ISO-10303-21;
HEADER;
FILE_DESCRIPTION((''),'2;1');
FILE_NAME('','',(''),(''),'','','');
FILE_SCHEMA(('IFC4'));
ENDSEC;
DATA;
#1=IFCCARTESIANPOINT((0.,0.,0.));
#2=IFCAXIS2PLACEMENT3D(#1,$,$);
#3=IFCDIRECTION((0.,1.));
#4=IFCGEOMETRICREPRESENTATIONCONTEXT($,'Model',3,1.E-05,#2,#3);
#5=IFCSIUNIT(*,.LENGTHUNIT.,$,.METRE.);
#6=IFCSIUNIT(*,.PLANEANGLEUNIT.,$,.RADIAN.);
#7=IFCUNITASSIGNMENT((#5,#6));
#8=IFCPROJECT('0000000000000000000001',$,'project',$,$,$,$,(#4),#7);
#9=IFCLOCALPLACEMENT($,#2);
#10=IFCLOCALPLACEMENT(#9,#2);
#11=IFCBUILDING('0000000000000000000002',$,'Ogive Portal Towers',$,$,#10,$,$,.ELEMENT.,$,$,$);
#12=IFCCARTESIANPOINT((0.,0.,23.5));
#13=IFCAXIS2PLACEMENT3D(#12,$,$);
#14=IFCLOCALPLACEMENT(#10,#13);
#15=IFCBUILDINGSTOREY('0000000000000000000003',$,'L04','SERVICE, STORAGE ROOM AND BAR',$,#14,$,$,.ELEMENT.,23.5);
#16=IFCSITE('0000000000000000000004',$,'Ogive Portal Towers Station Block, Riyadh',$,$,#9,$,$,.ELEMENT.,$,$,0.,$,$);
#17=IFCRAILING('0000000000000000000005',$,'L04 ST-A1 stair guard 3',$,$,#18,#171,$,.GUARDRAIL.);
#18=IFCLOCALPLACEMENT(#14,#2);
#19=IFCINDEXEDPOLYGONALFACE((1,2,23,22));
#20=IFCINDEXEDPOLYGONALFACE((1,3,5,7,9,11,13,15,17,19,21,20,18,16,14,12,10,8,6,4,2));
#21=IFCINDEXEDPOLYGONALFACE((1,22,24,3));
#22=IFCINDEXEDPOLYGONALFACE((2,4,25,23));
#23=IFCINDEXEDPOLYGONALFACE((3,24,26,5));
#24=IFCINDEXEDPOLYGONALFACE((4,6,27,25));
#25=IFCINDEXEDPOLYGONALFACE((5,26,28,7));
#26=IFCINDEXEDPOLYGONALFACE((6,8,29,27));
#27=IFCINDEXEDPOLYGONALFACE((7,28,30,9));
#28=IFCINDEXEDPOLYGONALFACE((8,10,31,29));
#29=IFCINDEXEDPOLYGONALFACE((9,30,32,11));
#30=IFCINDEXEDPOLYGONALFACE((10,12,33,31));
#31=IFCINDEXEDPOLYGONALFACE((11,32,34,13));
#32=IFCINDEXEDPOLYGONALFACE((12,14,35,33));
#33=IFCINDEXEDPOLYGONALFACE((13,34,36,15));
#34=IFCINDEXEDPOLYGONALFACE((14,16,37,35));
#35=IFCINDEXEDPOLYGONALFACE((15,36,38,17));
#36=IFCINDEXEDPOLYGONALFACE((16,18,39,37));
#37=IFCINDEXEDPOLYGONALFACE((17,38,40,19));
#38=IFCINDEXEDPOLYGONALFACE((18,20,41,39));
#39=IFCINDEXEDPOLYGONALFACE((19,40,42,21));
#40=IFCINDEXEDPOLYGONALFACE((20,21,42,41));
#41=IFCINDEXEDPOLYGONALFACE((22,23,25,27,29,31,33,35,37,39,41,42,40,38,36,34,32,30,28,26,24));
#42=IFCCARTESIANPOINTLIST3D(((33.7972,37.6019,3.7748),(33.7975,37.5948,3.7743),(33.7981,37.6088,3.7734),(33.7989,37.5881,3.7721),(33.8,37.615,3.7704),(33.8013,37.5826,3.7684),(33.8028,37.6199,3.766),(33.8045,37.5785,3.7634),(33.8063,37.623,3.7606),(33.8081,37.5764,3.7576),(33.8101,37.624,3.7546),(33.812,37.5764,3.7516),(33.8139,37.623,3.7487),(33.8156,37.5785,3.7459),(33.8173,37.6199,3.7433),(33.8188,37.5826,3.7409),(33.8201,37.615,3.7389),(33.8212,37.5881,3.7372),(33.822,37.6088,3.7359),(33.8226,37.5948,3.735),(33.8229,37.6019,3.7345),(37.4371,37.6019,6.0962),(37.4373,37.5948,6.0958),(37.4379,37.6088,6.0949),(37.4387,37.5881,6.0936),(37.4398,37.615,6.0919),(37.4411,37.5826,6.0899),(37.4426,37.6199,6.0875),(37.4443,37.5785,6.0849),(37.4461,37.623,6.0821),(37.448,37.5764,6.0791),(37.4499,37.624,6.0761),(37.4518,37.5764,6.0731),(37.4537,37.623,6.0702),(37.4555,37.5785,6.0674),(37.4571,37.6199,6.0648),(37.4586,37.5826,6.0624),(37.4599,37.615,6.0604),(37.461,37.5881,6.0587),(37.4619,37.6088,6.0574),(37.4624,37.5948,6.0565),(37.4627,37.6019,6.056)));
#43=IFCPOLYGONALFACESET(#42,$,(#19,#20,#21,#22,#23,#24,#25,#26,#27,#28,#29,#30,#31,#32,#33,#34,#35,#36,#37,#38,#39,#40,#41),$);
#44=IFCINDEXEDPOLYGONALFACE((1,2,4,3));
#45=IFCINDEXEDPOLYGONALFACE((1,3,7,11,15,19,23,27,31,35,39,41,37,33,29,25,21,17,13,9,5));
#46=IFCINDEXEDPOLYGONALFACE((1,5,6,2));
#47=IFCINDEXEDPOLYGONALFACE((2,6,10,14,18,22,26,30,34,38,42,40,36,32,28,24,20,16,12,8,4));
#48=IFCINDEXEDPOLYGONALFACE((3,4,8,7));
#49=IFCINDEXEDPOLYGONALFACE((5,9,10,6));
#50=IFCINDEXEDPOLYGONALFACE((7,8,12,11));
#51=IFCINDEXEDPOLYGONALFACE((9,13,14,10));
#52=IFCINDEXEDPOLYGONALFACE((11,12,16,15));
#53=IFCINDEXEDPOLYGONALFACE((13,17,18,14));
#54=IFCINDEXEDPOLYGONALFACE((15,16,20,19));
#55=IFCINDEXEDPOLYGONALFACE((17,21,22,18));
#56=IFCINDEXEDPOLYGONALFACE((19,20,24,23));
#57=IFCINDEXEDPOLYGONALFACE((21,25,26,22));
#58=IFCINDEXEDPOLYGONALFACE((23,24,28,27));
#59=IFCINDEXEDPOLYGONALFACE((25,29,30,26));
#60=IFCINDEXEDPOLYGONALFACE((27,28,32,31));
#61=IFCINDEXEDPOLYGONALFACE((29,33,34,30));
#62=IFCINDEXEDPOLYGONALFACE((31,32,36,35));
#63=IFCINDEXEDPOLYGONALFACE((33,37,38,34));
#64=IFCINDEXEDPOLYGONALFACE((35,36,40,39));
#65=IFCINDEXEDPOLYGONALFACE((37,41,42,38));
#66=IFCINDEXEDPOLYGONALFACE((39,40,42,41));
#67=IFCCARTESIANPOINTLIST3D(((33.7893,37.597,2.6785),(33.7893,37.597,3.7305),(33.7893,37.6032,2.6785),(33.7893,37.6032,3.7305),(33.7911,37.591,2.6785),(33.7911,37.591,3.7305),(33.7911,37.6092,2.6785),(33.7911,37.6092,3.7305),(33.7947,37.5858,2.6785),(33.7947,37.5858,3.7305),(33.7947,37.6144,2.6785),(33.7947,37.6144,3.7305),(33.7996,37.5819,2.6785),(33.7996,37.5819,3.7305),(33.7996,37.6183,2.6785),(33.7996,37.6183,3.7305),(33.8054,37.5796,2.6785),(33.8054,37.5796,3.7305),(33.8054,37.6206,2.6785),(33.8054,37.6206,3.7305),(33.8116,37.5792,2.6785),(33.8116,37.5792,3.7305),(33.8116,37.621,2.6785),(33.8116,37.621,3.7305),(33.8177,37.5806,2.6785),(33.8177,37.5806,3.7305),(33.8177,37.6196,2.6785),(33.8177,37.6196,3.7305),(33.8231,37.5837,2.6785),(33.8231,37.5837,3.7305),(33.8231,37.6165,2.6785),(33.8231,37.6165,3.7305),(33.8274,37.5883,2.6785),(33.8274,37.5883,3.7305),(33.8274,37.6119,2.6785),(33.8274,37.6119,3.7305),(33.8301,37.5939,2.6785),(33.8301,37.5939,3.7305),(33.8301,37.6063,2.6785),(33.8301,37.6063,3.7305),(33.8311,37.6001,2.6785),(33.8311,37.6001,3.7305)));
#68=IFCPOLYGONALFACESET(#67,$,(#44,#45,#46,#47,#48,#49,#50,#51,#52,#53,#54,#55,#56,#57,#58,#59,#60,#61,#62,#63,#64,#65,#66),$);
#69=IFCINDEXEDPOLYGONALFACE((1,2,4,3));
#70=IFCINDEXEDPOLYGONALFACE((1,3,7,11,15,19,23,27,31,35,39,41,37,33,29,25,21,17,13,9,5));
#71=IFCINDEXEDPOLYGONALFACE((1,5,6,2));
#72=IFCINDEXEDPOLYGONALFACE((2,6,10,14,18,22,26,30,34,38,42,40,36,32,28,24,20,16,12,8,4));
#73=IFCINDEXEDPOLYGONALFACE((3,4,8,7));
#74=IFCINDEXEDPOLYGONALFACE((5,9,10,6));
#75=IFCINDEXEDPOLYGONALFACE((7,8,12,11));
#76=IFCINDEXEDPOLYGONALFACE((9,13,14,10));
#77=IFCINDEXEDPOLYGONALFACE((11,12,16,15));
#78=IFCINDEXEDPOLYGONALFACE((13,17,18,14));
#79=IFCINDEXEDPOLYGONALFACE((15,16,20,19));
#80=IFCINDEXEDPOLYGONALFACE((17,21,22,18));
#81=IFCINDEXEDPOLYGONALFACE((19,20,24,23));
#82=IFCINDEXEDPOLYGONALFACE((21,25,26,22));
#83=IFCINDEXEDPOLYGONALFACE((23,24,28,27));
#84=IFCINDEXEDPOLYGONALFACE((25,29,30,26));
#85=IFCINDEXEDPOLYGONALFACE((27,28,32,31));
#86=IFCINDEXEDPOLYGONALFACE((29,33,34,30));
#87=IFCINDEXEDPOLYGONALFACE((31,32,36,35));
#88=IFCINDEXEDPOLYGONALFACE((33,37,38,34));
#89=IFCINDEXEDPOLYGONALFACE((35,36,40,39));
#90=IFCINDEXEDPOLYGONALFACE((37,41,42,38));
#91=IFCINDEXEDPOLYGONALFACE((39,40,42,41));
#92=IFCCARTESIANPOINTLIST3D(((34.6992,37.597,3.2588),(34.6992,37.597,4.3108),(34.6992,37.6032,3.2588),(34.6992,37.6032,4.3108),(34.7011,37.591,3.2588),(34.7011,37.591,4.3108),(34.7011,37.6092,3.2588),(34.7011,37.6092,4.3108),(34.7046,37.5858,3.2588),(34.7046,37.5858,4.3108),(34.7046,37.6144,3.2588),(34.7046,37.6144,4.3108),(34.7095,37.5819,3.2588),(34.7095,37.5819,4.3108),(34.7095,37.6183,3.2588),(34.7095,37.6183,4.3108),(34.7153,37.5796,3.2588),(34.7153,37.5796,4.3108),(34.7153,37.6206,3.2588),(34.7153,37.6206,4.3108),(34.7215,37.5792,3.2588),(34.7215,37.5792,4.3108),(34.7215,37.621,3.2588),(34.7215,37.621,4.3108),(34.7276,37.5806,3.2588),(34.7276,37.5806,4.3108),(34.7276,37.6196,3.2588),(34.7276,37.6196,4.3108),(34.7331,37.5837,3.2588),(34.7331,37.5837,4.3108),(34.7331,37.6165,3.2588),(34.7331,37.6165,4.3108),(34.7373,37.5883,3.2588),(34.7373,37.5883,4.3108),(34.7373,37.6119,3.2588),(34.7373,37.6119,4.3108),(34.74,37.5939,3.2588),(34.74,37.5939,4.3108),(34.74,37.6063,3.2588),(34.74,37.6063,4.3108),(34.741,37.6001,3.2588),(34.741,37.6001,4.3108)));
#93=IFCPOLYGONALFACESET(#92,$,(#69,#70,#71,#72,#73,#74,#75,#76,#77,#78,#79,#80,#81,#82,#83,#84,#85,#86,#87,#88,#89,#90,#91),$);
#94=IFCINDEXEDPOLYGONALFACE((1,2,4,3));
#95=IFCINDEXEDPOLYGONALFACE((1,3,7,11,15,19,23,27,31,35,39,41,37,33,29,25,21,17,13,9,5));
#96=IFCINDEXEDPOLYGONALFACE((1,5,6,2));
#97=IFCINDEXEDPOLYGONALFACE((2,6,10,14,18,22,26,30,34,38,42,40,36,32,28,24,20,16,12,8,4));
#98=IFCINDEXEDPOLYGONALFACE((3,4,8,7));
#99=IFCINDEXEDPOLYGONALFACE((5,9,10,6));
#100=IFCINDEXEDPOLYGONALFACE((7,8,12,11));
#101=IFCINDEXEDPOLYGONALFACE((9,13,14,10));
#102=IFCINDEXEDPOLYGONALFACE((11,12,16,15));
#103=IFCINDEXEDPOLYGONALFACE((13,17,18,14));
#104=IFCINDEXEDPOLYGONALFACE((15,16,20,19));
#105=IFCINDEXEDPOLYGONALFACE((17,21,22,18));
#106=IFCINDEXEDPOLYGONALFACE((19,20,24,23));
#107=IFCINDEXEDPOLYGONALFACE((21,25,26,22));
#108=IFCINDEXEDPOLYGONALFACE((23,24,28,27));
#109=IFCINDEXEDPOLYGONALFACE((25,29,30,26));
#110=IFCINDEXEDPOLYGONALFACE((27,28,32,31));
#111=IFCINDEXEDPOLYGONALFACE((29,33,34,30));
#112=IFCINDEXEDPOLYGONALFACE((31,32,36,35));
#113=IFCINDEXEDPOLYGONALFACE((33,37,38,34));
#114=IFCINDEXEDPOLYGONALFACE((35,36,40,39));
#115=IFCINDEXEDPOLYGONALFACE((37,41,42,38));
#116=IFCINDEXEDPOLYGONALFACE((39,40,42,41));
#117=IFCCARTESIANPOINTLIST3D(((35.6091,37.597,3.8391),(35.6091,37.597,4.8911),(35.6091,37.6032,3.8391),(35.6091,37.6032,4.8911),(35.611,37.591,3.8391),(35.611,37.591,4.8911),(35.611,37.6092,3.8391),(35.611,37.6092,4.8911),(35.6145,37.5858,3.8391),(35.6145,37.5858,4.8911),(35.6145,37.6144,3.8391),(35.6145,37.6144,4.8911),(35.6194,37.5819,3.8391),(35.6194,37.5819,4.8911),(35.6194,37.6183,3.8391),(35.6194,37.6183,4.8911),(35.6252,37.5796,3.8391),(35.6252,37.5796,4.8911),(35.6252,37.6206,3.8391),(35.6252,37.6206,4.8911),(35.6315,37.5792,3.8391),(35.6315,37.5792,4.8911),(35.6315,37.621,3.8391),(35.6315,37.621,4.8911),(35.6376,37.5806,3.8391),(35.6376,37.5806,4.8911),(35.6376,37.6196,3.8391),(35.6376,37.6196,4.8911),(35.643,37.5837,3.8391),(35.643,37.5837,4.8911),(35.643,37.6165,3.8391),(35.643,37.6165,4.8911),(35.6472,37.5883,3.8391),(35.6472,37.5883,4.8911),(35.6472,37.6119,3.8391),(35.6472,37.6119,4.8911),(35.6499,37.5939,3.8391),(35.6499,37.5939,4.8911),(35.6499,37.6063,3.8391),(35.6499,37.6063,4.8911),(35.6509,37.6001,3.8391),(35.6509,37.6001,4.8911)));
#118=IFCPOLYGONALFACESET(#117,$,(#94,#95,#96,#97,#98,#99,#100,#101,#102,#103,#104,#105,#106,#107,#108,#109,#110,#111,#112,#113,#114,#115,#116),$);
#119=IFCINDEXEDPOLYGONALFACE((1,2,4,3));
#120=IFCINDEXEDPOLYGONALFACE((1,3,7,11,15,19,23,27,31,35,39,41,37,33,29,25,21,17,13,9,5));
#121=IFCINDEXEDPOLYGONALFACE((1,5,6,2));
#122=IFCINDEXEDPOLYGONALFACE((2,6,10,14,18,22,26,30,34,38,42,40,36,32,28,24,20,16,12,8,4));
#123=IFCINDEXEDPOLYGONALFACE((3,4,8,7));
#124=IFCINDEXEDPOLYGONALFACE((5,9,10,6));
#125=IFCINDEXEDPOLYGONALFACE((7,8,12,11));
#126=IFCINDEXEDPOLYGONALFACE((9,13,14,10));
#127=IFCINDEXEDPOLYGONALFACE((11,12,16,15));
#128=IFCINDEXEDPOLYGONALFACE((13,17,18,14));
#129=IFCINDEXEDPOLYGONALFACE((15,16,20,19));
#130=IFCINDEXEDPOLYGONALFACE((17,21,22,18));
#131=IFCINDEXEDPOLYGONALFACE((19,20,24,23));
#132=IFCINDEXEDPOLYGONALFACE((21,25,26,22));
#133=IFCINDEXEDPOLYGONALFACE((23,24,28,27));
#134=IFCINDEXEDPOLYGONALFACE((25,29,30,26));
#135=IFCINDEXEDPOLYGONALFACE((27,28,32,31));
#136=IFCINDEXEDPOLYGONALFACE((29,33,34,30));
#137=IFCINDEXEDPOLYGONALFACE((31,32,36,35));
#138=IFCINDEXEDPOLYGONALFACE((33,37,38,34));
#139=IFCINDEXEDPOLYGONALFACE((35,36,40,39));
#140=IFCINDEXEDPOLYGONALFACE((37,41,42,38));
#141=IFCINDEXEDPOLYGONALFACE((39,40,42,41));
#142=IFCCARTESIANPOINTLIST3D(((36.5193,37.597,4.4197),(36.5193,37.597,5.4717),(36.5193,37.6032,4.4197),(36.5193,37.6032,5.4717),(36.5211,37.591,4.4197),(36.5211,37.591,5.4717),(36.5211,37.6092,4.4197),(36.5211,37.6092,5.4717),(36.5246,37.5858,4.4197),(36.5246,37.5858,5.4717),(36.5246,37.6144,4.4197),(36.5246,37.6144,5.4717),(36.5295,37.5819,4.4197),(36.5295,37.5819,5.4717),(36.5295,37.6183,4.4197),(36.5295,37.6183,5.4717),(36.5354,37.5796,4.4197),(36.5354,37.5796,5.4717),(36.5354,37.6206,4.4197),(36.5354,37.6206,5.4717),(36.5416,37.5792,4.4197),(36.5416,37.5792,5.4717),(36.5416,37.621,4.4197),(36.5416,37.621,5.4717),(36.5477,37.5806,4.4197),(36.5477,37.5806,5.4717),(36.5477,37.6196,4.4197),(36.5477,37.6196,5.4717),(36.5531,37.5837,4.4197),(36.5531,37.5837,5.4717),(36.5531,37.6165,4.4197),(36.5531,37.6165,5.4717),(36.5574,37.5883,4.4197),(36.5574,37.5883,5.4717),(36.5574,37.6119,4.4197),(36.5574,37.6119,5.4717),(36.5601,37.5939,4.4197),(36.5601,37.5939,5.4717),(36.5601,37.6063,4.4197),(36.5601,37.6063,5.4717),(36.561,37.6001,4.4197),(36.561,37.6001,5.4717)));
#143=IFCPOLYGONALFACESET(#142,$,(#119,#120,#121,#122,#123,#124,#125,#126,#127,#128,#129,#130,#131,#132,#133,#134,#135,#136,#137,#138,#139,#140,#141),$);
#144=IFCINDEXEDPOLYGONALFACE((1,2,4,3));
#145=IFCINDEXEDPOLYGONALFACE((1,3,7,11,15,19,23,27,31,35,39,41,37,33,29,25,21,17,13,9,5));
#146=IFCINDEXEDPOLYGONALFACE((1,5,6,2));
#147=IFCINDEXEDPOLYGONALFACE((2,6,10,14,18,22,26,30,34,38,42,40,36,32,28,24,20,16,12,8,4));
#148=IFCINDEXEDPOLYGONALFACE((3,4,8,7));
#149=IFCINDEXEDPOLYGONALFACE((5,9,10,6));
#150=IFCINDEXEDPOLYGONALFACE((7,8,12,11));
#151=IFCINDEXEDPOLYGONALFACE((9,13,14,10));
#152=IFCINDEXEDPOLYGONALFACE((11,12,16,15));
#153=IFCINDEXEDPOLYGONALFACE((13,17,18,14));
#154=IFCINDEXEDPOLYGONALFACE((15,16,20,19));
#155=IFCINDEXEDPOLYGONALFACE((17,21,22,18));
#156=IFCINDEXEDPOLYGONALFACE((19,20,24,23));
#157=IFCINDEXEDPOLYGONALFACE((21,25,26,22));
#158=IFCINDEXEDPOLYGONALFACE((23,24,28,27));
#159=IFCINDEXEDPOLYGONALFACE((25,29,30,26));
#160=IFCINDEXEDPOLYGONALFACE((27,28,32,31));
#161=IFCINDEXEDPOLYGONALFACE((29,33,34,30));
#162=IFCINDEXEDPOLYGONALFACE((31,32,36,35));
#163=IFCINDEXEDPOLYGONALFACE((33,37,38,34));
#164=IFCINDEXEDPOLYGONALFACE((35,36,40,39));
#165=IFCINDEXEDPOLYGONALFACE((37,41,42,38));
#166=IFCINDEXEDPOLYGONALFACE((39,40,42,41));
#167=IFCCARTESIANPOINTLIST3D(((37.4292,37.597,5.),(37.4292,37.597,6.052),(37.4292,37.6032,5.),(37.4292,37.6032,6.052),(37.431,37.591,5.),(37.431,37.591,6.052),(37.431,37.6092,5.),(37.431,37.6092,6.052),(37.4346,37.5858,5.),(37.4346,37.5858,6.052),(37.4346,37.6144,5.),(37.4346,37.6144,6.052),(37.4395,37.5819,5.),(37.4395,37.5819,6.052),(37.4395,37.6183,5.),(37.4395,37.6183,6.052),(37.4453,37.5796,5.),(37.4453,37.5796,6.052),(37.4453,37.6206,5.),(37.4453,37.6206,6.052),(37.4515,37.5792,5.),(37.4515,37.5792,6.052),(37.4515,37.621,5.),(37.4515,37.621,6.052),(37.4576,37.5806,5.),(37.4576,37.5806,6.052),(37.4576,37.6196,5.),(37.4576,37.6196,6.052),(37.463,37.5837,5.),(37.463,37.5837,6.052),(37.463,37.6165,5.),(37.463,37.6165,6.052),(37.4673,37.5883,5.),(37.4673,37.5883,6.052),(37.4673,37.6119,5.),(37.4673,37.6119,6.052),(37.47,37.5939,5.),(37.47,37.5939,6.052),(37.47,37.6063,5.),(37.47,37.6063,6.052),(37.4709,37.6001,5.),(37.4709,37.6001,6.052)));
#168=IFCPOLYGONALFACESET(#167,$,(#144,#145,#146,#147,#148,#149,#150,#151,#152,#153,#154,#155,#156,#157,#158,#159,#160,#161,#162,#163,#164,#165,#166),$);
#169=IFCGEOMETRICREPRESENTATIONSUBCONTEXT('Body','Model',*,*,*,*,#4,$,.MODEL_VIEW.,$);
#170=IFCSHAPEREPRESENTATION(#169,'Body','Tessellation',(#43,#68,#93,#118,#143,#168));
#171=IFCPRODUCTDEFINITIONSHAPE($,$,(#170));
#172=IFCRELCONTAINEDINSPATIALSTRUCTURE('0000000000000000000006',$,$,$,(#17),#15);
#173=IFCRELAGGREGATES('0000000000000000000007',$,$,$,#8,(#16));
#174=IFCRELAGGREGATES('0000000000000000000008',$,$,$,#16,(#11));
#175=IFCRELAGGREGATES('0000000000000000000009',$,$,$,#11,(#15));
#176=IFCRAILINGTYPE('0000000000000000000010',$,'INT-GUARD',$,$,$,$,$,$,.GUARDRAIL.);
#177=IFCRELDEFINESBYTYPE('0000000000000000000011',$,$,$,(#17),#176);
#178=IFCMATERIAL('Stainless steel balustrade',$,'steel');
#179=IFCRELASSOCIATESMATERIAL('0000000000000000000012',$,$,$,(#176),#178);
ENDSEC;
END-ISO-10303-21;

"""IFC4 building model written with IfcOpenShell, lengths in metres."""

from ifc_helpers import new_model, si_unit, direction, frame, origin, origin_2d, place, context, subcontext, project, spatial, circle, extrude, material, type_object, element, save


model = new_model("IFC4")

# Units and contexts
model_context = context("Model", 3, precision=1e-05, world=origin(), true_north=direction((0.0, 1.0)))
body_context = subcontext(model_context, "Body", "Model", "MODEL_VIEW")
ifc_project = project(units=[si_unit("LENGTHUNIT", "METRE"), si_unit("PLANEANGLEUNIT", "RADIAN")], contexts=[model_context])

# Site, building, storey
site_placement = place(None, origin())
site = spatial("IfcSite", under=ifc_project, at=site_placement, Name="Ogive Portal Towers Station Block, Riyadh", CompositionType="ELEMENT", RefElevation=0.0)
building_placement = place(site_placement, origin())
building = spatial("IfcBuilding", under=site, at=building_placement, Name="Ogive Portal Towers", CompositionType="ELEMENT")
storey_placement = place(building_placement, frame((0.0, 0.0, 23.5)))
storey = spatial("IfcBuildingStorey", under=building, at=storey_placement, Name="L04", Description="SERVICE, STORAGE ROOM AND BAR", CompositionType="ELEMENT", Elevation=23.5)

# Railing
ifc_material_1 = material(Name="Stainless steel balustrade", Category="steel")
railing_type_1 = type_object("IfcRailingType", Name="INT-GUARD", PredefinedType="GUARDRAIL", material=ifc_material_1)
railing_1_placement = place(storey_placement, frame((33.8101, 37.6001, 2.6785)))
element("IfcRailing", 1, at=railing_1_placement, inside=storey, type_object=railing_type_1, Name="L04 ST-A1 stair guard 3", PredefinedType="GUARDRAIL", context=body_context, shape_type="SweptSolid", body=[
    extrude(circle(Radius=0.0239, at=origin_2d()), frame((0.0, 0.0, 1.0762), z_axis=(0.843112, 0.0, 0.537739), x_axis=(0.0, 1.0, 0.0)), (0.0, 0.0, 1.0), 4.3171),
    extrude(circle(Radius=0.021, at=origin_2d()), origin(), (0.0, 0.0, 1.0), 1.052),
    extrude(circle(Radius=0.021, at=origin_2d()), frame((0.9099, 0.0, 0.5803)), (0.0, 0.0, 1.0), 1.052),
    extrude(circle(Radius=0.021, at=origin_2d()), frame((1.8198, 0.0, 1.1606)), (0.0, 0.0, 1.0), 1.052),
    extrude(circle(Radius=0.021, at=origin_2d()), frame((2.73, 0.0, 1.7412)), (0.0, 0.0, 1.0), 1.052),
    extrude(circle(Radius=0.021, at=origin_2d()), frame((3.6399, 0.0, 2.3215)), (0.0, 0.0, 1.0), 1.052),
])

save(model, "model.ifc")
